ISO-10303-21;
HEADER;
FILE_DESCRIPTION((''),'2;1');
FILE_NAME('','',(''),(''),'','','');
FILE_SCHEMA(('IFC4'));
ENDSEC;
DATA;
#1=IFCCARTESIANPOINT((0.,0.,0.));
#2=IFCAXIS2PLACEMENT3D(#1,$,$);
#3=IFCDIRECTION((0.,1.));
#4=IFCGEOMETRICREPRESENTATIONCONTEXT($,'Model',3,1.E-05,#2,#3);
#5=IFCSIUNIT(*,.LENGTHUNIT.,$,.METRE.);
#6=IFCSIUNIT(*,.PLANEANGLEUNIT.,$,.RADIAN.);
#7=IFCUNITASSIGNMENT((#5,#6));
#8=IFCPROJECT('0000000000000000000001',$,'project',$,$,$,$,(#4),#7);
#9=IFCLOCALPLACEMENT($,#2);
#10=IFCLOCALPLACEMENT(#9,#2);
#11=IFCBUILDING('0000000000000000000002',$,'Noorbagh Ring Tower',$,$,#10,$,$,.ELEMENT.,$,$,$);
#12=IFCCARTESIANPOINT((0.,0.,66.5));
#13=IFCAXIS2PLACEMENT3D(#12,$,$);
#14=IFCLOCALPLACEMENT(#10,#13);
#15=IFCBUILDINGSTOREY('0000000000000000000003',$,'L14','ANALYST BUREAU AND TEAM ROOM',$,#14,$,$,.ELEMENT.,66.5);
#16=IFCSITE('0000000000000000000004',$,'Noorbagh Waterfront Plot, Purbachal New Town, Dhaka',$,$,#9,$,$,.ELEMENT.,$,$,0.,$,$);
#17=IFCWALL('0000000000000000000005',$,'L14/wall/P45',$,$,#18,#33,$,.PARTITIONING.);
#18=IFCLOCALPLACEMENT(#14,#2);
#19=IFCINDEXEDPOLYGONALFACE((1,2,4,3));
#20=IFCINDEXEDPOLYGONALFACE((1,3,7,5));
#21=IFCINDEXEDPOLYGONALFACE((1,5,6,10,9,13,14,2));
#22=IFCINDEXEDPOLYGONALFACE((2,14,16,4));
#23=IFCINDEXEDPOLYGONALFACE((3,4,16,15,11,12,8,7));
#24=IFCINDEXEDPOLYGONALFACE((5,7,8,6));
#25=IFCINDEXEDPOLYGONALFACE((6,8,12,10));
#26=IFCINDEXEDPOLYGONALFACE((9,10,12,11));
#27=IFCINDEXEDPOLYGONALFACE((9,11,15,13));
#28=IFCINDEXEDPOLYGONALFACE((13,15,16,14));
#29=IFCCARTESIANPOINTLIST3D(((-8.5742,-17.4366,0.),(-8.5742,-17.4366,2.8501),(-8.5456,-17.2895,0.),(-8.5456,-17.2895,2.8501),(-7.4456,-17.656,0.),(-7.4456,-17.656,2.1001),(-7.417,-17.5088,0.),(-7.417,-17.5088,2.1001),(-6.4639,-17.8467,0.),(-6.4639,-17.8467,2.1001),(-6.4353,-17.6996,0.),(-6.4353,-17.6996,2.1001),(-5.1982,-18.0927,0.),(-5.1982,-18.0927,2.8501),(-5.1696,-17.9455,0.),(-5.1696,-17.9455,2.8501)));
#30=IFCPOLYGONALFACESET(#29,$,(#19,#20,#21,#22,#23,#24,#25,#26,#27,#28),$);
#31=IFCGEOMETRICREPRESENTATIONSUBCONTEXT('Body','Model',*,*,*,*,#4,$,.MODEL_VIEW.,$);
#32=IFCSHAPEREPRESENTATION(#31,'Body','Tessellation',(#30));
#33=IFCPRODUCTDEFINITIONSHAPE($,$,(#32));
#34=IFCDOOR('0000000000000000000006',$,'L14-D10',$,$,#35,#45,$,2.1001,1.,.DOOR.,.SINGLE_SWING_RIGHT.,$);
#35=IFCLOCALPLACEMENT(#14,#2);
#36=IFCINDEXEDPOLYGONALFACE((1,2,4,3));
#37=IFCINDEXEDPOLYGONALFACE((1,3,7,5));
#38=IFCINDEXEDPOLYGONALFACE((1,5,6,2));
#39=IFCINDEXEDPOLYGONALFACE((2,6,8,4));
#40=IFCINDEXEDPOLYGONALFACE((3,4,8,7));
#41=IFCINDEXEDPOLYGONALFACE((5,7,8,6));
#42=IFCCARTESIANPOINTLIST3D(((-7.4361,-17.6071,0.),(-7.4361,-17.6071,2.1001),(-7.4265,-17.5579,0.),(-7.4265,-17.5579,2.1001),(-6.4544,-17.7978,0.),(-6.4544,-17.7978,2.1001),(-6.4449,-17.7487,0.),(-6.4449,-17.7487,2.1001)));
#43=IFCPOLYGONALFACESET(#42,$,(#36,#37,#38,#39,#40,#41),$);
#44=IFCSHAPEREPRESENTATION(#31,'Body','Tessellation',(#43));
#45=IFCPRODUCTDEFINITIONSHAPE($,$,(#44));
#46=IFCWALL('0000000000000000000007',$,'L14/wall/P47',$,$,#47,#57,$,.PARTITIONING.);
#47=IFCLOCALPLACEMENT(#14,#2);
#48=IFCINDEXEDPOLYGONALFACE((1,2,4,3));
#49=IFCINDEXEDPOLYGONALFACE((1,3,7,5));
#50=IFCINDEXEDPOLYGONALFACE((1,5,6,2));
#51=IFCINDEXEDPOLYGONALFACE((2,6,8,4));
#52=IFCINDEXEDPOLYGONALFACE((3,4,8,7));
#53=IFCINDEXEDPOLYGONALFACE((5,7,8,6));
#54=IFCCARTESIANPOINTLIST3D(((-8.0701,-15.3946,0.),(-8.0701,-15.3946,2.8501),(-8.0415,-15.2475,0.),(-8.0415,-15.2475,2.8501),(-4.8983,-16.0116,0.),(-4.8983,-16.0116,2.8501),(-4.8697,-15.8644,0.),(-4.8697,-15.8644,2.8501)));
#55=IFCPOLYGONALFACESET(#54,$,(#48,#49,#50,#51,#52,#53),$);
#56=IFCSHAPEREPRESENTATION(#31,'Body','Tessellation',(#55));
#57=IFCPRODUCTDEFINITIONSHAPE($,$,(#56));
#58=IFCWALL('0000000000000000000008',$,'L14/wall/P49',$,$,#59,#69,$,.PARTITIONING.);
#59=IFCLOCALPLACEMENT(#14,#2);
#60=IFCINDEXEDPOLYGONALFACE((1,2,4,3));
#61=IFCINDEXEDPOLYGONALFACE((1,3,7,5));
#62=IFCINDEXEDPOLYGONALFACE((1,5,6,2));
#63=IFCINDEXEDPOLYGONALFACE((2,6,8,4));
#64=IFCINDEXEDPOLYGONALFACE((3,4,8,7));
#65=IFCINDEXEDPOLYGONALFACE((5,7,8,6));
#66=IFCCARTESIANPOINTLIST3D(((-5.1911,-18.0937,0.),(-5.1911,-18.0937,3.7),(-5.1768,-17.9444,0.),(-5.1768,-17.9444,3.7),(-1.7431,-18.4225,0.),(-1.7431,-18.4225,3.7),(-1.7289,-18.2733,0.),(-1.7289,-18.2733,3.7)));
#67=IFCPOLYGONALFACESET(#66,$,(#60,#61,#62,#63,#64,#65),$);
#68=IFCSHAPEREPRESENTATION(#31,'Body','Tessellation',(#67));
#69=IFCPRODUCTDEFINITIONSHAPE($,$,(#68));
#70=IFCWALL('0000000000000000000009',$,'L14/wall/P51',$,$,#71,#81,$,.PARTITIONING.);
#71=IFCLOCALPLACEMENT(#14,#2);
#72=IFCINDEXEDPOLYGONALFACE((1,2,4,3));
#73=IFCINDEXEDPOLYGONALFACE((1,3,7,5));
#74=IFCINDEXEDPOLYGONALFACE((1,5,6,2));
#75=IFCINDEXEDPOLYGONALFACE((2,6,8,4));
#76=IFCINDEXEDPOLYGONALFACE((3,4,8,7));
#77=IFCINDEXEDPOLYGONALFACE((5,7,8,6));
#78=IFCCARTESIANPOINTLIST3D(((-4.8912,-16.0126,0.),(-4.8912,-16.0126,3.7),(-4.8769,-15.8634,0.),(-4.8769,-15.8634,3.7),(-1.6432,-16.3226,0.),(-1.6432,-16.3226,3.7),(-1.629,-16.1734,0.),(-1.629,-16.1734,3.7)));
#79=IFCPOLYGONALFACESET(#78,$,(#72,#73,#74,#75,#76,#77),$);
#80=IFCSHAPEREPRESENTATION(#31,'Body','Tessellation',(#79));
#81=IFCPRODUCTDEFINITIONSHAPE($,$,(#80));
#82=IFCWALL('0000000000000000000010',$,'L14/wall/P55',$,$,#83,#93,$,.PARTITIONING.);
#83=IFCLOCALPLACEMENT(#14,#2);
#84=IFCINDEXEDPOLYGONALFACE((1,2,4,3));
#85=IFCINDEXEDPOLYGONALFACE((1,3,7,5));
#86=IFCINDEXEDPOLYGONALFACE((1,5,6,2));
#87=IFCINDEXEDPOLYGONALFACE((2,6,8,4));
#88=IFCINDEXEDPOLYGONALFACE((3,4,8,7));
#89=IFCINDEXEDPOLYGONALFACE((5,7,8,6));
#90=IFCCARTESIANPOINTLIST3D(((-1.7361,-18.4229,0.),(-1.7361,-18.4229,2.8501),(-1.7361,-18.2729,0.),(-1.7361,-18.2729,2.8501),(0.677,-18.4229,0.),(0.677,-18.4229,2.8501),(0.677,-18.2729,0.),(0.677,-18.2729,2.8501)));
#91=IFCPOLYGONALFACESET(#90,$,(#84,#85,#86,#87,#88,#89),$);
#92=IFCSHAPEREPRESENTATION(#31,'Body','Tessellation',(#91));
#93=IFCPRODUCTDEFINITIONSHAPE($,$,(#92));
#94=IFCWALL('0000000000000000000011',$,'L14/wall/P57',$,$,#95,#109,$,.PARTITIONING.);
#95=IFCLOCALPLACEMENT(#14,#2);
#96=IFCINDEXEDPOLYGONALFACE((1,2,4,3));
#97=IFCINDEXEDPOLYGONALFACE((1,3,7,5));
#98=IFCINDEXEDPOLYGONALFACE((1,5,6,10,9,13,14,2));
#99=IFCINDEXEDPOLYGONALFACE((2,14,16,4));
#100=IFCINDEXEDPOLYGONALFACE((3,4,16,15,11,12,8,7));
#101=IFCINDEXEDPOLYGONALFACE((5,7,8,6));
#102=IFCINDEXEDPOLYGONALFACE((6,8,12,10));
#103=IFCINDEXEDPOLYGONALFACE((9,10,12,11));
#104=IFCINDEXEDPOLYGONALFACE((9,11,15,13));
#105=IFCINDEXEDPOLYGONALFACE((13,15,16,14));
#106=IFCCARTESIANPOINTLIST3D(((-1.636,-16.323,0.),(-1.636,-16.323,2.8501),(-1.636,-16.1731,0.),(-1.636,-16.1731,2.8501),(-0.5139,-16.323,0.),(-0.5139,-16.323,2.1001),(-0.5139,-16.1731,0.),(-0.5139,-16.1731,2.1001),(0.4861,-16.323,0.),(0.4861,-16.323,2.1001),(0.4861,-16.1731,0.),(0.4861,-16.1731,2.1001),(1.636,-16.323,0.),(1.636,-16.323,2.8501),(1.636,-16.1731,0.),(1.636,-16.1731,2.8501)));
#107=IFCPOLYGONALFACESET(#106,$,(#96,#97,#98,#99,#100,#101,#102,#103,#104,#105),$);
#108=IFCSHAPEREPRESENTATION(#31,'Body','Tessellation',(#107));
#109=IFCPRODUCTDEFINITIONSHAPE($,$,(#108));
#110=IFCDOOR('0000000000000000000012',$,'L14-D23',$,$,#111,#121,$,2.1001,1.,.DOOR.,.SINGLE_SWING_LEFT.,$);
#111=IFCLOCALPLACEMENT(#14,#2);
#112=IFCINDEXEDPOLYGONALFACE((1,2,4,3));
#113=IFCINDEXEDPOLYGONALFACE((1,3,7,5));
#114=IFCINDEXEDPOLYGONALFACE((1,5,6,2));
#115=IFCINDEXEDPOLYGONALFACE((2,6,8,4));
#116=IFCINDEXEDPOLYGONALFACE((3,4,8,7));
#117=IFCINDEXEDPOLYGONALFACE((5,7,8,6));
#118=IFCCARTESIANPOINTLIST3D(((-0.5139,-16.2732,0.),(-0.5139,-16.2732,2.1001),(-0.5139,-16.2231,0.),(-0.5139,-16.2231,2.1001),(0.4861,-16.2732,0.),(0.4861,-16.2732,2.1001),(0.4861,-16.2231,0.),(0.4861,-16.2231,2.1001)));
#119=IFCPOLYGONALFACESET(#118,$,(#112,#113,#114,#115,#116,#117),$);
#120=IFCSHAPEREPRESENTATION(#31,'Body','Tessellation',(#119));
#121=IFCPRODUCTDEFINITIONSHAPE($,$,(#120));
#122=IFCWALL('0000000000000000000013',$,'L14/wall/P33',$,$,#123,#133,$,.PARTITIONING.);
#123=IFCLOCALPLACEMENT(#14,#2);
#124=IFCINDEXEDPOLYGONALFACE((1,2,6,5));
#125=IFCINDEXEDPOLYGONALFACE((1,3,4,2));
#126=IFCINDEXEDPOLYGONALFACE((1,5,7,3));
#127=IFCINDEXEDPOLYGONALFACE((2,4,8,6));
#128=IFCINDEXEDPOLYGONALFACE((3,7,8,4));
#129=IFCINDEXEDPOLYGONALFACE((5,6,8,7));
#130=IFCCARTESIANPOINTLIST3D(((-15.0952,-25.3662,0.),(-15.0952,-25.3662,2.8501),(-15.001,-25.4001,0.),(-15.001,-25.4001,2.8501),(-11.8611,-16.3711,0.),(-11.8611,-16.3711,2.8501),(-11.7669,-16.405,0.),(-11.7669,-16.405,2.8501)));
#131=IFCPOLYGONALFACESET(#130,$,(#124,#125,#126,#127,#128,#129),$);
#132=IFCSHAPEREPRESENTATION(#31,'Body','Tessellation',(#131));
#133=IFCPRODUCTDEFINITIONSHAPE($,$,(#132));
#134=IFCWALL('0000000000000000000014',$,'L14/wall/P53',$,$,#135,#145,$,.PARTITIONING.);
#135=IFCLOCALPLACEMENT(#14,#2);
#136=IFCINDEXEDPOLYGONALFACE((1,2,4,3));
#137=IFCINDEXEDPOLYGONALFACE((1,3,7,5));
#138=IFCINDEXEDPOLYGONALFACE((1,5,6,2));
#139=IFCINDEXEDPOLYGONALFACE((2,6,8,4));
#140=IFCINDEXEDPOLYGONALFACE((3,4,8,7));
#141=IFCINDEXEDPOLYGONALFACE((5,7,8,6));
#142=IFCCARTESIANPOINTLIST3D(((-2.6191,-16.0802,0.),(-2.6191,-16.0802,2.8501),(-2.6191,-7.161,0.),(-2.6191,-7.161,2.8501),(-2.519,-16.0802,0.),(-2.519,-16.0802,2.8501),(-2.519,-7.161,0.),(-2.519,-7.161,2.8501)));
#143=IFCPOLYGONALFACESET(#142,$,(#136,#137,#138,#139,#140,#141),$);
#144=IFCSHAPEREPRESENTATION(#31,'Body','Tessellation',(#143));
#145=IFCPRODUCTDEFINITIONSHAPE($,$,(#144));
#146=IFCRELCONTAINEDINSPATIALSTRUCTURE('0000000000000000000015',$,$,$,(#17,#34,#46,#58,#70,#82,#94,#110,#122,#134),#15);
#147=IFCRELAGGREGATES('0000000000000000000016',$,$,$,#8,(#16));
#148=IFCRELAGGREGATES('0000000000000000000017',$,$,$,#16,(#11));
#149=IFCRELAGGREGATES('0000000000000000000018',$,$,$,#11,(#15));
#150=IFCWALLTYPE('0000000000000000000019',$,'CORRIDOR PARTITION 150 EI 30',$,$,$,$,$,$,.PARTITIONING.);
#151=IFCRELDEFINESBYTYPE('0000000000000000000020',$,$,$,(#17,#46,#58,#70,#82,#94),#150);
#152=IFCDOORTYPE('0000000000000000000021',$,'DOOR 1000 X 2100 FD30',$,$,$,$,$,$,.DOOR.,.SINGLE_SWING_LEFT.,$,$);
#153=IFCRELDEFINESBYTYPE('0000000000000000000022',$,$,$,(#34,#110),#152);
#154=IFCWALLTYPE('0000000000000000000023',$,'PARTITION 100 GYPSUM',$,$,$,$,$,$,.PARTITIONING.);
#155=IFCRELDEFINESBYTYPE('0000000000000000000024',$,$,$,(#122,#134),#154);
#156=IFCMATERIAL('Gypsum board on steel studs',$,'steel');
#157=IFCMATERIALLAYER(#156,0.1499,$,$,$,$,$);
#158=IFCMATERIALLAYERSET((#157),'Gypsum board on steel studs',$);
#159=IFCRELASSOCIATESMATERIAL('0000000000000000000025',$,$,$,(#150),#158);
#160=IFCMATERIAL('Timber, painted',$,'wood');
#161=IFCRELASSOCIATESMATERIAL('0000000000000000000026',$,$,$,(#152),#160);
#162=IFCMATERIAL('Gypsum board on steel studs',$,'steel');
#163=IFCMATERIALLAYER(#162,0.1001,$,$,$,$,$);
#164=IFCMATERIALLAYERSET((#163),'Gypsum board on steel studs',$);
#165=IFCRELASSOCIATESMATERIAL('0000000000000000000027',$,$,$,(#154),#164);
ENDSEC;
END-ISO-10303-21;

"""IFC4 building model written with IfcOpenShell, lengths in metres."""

from ifc_helpers import new_model, si_unit, direction, frame, frame_2d, origin, place, context, subcontext, project, spatial, rectangle, extrude, material, layer, layer_set, type_object, element, fill, save


model = new_model("IFC4")

# Units and contexts
model_context = context("Model", 3, precision=1e-05, world=origin(), true_north=direction((0.0, 1.0)))
body_context = subcontext(model_context, "Body", "Model", "MODEL_VIEW")
ifc_project = project(units=[si_unit("LENGTHUNIT", "METRE"), si_unit("PLANEANGLEUNIT", "RADIAN")], contexts=[model_context])

# Site, building, storey
site_placement = place(None, origin())
site = spatial("IfcSite", under=ifc_project, at=site_placement, Name="Noorbagh Waterfront Plot, Purbachal New Town, Dhaka", CompositionType="ELEMENT", RefElevation=0.0)
building_placement = place(site_placement, origin())
building = spatial("IfcBuilding", under=site, at=building_placement, Name="Noorbagh Ring Tower", CompositionType="ELEMENT")
storey_placement = place(building_placement, frame((0.0, 0.0, 66.5)))
storey = spatial("IfcBuildingStorey", under=building, at=storey_placement, Name="L14", Description="ANALYST BUREAU AND TEAM ROOM", CompositionType="ELEMENT", Elevation=66.5)

# Shared definitions
ifc_material_1 = material(Name="Gypsum board on steel studs", Category="steel")
ifc_layer_1 = layer(ifc_material_1, 0.1499)
ifc_layer_set_1 = layer_set([ifc_layer_1], Name="Gypsum board on steel studs")
wall_type_1 = type_object("IfcWallType", Name="CORRIDOR PARTITION 150 EI 30", PredefinedType="PARTITIONING", material=ifc_layer_set_1)

# Wall, opening, door
wall_1_placement = place(storey_placement, frame((-8.5601, -17.363, 0.0), z_axis=(0.0, 0.0, 1.0), x_axis=(0.981639, -0.190748, 0.0)))
wall_1 = element("IfcWall", 1, at=wall_1_placement, inside=storey, type_object=wall_type_1, Name="L14/wall/P45", PredefinedType="PARTITIONING", context=body_context, shape_type="SweptSolid", body=[
    extrude(rectangle(XDim=3.4392, YDim=0.1499, at=frame_2d((1.7197, 0.0))), origin(), (0.0, 0.0, 1.0), 2.8501),
])
opening_1_placement = place(wall_1_placement, frame((1.1499, 0.0, 0.0)))
opening_1 = element("IfcOpeningElement", 2, at=opening_1_placement, cuts=wall_1, PredefinedType="OPENING", context=body_context, shape_type="SweptSolid", body=[
    extrude(rectangle(XDim=1.0, YDim=2.1001, at=frame_2d((0.5, 1.05))), frame((0.0, 0.085, 0.0), z_axis=(0.0, -1.0, 0.0), x_axis=(1.0, 0.0, 0.0)), (0.0, 0.0, 1.0), 0.1699),
])
ifc_material_2 = material(Name="Timber, painted", Category="wood")
door_type = type_object("IfcDoorType", Name="DOOR 1000 X 2100 FD30", OperationType="SINGLE_SWING_LEFT", PredefinedType="DOOR", material=ifc_material_2)
door_1_placement = place(opening_1_placement, origin())
door_1 = element("IfcDoor", 3, at=door_1_placement, inside=storey, type_object=door_type, Name="L14-D10", OperationType="SINGLE_SWING_RIGHT", OverallHeight=2.1001, OverallWidth=1.0, PredefinedType="DOOR", context=body_context, shape_type="SweptSolid", body=[
    extrude(rectangle(XDim=1.0, YDim=2.1001, at=frame_2d((0.5, 1.05))), frame((0.0, 0.0249, 0.0), z_axis=(0.0, -1.0, 0.0), x_axis=(1.0, 0.0, 0.0)), (0.0, 0.0, 1.0), 0.05),
])
fill(opening_1, door_1)

# Walls
wall_2_placement = place(storey_placement, frame((-8.0559, -15.321, 0.0), z_axis=(0.0, 0.0, 1.0), x_axis=(0.981604, -0.190926, 0.0)))
element("IfcWall", 4, at=wall_2_placement, inside=storey, type_object=wall_type_1, Name="L14/wall/P47", PredefinedType="PARTITIONING", context=body_context, shape_type="SweptSolid", body=[
    extrude(rectangle(XDim=3.2312, YDim=0.1499, at=frame_2d((1.6157, 0.0))), origin(), (0.0, 0.0, 1.0), 2.8501),
])
wall_3_placement = place(storey_placement, frame((-5.1841, -18.019, 0.0), z_axis=(0.0, 0.0, 1.0), x_axis=(0.995482, -0.094945, 0.0)))
element("IfcWall", 5, at=wall_3_placement, inside=storey, type_object=wall_type_1, Name="L14/wall/P49", PredefinedType="PARTITIONING", context=body_context, shape_type="SweptSolid", body=[
    extrude(rectangle(XDim=3.4636, YDim=0.1499, at=frame_2d((1.7319, 0.0))), origin(), (0.0, 0.0, 1.0), 3.7),
])
wall_4_placement = place(storey_placement, frame((-4.884, -15.938, 0.0), z_axis=(0.0, 0.0, 1.0), x_axis=(0.995475, -0.095028, 0.0)))
element("IfcWall", 6, at=wall_4_placement, inside=storey, type_object=wall_type_1, Name="L14/wall/P51", PredefinedType="PARTITIONING", context=body_context, shape_type="SweptSolid", body=[
    extrude(rectangle(XDim=3.2627, YDim=0.1499, at=frame_2d((1.6313, 0.0))), origin(), (0.0, 0.0, 1.0), 3.7),
])
wall_5_placement = place(storey_placement, frame((-1.7361, -18.3479, 0.0), z_axis=(0.0, 0.0, 1.0), x_axis=(1.0, 0.0, 0.0)))
element("IfcWall", 7, at=wall_5_placement, inside=storey, type_object=wall_type_1, Name="L14/wall/P55", PredefinedType="PARTITIONING", context=body_context, shape_type="SweptSolid", body=[
    extrude(rectangle(XDim=2.4131, YDim=0.1499, at=frame_2d((1.2065, 0.0))), origin(), (0.0, 0.0, 1.0), 2.8501),
])

# Wall, opening, door
wall_6_placement = place(storey_placement, frame((-1.636, -16.248, 0.0), z_axis=(0.0, 0.0, 1.0), x_axis=(1.0, 0.0, 0.0)))
wall_6 = element("IfcWall", 8, at=wall_6_placement, inside=storey, type_object=wall_type_1, Name="L14/wall/P57", PredefinedType="PARTITIONING", context=body_context, shape_type="SweptSolid", body=[
    extrude(rectangle(XDim=3.272, YDim=0.1499, at=frame_2d((1.636, 0.0))), origin(), (0.0, 0.0, 1.0), 2.8501),
])
opening_2_placement = place(wall_6_placement, frame((1.1221, 0.0, 0.0)))
opening_2 = element("IfcOpeningElement", 9, at=opening_2_placement, cuts=wall_6, PredefinedType="OPENING", context=body_context, shape_type="SweptSolid", body=[
    extrude(rectangle(XDim=1.0, YDim=2.1001, at=frame_2d((0.5, 1.05))), frame((0.0, 0.085, 0.0), z_axis=(0.0, -1.0, 0.0), x_axis=(1.0, 0.0, 0.0)), (0.0, 0.0, 1.0), 0.1699),
])
door_2_placement = place(opening_2_placement, origin())
door_2 = element("IfcDoor", 10, at=door_2_placement, inside=storey, type_object=door_type, Name="L14-D23", OperationType="SINGLE_SWING_LEFT", OverallHeight=2.1001, OverallWidth=1.0, PredefinedType="DOOR", context=body_context, shape_type="SweptSolid", body=[
    extrude(rectangle(XDim=1.0, YDim=2.1001, at=frame_2d((0.5, 1.05))), frame((0.0, 0.0249, 0.0), z_axis=(0.0, -1.0, 0.0), x_axis=(1.0, 0.0, 0.0)), (0.0, 0.0, 1.0), 0.05),
])
fill(opening_2, door_2)

# Walls
ifc_material_3 = material(Name="Gypsum board on steel studs", Category="steel")
ifc_layer_2 = layer(ifc_material_3, 0.1001)
ifc_layer_set_2 = layer_set([ifc_layer_2], Name="Gypsum board on steel studs")
wall_type_2 = type_object("IfcWallType", Name="PARTITION 100 GYPSUM", PredefinedType="PARTITIONING", material=ifc_layer_set_2)
wall_7_placement = place(storey_placement, frame((-15.0481, -25.3831, 0.0), z_axis=(0.0, 0.0, 1.0), x_axis=(0.338339, 0.941024, 0.0)))
element("IfcWall", 11, at=wall_7_placement, inside=storey, type_object=wall_type_2, Name="L14/wall/P33", PredefinedType="PARTITIONING", context=body_context, shape_type="SweptSolid", body=[
    extrude(rectangle(XDim=9.5588, YDim=0.1001, at=frame_2d((4.7793, 0.0))), origin(), (0.0, 0.0, 1.0), 2.8501),
])
wall_8_placement = place(storey_placement, frame((-2.5691, -16.0801, 0.0), z_axis=(0.0, 0.0, 1.0), x_axis=(0.0, 1.0, 0.0)))
element("IfcWall", 12, at=wall_8_placement, inside=storey, type_object=wall_type_2, Name="L14/wall/P53", PredefinedType="PARTITIONING", context=body_context, shape_type="SweptSolid", body=[
    extrude(rectangle(XDim=8.9192, YDim=0.1001, at=frame_2d((4.4595, 0.0))), origin(), (0.0, 0.0, 1.0), 2.8501),
])

save(model, "model.ifc")
